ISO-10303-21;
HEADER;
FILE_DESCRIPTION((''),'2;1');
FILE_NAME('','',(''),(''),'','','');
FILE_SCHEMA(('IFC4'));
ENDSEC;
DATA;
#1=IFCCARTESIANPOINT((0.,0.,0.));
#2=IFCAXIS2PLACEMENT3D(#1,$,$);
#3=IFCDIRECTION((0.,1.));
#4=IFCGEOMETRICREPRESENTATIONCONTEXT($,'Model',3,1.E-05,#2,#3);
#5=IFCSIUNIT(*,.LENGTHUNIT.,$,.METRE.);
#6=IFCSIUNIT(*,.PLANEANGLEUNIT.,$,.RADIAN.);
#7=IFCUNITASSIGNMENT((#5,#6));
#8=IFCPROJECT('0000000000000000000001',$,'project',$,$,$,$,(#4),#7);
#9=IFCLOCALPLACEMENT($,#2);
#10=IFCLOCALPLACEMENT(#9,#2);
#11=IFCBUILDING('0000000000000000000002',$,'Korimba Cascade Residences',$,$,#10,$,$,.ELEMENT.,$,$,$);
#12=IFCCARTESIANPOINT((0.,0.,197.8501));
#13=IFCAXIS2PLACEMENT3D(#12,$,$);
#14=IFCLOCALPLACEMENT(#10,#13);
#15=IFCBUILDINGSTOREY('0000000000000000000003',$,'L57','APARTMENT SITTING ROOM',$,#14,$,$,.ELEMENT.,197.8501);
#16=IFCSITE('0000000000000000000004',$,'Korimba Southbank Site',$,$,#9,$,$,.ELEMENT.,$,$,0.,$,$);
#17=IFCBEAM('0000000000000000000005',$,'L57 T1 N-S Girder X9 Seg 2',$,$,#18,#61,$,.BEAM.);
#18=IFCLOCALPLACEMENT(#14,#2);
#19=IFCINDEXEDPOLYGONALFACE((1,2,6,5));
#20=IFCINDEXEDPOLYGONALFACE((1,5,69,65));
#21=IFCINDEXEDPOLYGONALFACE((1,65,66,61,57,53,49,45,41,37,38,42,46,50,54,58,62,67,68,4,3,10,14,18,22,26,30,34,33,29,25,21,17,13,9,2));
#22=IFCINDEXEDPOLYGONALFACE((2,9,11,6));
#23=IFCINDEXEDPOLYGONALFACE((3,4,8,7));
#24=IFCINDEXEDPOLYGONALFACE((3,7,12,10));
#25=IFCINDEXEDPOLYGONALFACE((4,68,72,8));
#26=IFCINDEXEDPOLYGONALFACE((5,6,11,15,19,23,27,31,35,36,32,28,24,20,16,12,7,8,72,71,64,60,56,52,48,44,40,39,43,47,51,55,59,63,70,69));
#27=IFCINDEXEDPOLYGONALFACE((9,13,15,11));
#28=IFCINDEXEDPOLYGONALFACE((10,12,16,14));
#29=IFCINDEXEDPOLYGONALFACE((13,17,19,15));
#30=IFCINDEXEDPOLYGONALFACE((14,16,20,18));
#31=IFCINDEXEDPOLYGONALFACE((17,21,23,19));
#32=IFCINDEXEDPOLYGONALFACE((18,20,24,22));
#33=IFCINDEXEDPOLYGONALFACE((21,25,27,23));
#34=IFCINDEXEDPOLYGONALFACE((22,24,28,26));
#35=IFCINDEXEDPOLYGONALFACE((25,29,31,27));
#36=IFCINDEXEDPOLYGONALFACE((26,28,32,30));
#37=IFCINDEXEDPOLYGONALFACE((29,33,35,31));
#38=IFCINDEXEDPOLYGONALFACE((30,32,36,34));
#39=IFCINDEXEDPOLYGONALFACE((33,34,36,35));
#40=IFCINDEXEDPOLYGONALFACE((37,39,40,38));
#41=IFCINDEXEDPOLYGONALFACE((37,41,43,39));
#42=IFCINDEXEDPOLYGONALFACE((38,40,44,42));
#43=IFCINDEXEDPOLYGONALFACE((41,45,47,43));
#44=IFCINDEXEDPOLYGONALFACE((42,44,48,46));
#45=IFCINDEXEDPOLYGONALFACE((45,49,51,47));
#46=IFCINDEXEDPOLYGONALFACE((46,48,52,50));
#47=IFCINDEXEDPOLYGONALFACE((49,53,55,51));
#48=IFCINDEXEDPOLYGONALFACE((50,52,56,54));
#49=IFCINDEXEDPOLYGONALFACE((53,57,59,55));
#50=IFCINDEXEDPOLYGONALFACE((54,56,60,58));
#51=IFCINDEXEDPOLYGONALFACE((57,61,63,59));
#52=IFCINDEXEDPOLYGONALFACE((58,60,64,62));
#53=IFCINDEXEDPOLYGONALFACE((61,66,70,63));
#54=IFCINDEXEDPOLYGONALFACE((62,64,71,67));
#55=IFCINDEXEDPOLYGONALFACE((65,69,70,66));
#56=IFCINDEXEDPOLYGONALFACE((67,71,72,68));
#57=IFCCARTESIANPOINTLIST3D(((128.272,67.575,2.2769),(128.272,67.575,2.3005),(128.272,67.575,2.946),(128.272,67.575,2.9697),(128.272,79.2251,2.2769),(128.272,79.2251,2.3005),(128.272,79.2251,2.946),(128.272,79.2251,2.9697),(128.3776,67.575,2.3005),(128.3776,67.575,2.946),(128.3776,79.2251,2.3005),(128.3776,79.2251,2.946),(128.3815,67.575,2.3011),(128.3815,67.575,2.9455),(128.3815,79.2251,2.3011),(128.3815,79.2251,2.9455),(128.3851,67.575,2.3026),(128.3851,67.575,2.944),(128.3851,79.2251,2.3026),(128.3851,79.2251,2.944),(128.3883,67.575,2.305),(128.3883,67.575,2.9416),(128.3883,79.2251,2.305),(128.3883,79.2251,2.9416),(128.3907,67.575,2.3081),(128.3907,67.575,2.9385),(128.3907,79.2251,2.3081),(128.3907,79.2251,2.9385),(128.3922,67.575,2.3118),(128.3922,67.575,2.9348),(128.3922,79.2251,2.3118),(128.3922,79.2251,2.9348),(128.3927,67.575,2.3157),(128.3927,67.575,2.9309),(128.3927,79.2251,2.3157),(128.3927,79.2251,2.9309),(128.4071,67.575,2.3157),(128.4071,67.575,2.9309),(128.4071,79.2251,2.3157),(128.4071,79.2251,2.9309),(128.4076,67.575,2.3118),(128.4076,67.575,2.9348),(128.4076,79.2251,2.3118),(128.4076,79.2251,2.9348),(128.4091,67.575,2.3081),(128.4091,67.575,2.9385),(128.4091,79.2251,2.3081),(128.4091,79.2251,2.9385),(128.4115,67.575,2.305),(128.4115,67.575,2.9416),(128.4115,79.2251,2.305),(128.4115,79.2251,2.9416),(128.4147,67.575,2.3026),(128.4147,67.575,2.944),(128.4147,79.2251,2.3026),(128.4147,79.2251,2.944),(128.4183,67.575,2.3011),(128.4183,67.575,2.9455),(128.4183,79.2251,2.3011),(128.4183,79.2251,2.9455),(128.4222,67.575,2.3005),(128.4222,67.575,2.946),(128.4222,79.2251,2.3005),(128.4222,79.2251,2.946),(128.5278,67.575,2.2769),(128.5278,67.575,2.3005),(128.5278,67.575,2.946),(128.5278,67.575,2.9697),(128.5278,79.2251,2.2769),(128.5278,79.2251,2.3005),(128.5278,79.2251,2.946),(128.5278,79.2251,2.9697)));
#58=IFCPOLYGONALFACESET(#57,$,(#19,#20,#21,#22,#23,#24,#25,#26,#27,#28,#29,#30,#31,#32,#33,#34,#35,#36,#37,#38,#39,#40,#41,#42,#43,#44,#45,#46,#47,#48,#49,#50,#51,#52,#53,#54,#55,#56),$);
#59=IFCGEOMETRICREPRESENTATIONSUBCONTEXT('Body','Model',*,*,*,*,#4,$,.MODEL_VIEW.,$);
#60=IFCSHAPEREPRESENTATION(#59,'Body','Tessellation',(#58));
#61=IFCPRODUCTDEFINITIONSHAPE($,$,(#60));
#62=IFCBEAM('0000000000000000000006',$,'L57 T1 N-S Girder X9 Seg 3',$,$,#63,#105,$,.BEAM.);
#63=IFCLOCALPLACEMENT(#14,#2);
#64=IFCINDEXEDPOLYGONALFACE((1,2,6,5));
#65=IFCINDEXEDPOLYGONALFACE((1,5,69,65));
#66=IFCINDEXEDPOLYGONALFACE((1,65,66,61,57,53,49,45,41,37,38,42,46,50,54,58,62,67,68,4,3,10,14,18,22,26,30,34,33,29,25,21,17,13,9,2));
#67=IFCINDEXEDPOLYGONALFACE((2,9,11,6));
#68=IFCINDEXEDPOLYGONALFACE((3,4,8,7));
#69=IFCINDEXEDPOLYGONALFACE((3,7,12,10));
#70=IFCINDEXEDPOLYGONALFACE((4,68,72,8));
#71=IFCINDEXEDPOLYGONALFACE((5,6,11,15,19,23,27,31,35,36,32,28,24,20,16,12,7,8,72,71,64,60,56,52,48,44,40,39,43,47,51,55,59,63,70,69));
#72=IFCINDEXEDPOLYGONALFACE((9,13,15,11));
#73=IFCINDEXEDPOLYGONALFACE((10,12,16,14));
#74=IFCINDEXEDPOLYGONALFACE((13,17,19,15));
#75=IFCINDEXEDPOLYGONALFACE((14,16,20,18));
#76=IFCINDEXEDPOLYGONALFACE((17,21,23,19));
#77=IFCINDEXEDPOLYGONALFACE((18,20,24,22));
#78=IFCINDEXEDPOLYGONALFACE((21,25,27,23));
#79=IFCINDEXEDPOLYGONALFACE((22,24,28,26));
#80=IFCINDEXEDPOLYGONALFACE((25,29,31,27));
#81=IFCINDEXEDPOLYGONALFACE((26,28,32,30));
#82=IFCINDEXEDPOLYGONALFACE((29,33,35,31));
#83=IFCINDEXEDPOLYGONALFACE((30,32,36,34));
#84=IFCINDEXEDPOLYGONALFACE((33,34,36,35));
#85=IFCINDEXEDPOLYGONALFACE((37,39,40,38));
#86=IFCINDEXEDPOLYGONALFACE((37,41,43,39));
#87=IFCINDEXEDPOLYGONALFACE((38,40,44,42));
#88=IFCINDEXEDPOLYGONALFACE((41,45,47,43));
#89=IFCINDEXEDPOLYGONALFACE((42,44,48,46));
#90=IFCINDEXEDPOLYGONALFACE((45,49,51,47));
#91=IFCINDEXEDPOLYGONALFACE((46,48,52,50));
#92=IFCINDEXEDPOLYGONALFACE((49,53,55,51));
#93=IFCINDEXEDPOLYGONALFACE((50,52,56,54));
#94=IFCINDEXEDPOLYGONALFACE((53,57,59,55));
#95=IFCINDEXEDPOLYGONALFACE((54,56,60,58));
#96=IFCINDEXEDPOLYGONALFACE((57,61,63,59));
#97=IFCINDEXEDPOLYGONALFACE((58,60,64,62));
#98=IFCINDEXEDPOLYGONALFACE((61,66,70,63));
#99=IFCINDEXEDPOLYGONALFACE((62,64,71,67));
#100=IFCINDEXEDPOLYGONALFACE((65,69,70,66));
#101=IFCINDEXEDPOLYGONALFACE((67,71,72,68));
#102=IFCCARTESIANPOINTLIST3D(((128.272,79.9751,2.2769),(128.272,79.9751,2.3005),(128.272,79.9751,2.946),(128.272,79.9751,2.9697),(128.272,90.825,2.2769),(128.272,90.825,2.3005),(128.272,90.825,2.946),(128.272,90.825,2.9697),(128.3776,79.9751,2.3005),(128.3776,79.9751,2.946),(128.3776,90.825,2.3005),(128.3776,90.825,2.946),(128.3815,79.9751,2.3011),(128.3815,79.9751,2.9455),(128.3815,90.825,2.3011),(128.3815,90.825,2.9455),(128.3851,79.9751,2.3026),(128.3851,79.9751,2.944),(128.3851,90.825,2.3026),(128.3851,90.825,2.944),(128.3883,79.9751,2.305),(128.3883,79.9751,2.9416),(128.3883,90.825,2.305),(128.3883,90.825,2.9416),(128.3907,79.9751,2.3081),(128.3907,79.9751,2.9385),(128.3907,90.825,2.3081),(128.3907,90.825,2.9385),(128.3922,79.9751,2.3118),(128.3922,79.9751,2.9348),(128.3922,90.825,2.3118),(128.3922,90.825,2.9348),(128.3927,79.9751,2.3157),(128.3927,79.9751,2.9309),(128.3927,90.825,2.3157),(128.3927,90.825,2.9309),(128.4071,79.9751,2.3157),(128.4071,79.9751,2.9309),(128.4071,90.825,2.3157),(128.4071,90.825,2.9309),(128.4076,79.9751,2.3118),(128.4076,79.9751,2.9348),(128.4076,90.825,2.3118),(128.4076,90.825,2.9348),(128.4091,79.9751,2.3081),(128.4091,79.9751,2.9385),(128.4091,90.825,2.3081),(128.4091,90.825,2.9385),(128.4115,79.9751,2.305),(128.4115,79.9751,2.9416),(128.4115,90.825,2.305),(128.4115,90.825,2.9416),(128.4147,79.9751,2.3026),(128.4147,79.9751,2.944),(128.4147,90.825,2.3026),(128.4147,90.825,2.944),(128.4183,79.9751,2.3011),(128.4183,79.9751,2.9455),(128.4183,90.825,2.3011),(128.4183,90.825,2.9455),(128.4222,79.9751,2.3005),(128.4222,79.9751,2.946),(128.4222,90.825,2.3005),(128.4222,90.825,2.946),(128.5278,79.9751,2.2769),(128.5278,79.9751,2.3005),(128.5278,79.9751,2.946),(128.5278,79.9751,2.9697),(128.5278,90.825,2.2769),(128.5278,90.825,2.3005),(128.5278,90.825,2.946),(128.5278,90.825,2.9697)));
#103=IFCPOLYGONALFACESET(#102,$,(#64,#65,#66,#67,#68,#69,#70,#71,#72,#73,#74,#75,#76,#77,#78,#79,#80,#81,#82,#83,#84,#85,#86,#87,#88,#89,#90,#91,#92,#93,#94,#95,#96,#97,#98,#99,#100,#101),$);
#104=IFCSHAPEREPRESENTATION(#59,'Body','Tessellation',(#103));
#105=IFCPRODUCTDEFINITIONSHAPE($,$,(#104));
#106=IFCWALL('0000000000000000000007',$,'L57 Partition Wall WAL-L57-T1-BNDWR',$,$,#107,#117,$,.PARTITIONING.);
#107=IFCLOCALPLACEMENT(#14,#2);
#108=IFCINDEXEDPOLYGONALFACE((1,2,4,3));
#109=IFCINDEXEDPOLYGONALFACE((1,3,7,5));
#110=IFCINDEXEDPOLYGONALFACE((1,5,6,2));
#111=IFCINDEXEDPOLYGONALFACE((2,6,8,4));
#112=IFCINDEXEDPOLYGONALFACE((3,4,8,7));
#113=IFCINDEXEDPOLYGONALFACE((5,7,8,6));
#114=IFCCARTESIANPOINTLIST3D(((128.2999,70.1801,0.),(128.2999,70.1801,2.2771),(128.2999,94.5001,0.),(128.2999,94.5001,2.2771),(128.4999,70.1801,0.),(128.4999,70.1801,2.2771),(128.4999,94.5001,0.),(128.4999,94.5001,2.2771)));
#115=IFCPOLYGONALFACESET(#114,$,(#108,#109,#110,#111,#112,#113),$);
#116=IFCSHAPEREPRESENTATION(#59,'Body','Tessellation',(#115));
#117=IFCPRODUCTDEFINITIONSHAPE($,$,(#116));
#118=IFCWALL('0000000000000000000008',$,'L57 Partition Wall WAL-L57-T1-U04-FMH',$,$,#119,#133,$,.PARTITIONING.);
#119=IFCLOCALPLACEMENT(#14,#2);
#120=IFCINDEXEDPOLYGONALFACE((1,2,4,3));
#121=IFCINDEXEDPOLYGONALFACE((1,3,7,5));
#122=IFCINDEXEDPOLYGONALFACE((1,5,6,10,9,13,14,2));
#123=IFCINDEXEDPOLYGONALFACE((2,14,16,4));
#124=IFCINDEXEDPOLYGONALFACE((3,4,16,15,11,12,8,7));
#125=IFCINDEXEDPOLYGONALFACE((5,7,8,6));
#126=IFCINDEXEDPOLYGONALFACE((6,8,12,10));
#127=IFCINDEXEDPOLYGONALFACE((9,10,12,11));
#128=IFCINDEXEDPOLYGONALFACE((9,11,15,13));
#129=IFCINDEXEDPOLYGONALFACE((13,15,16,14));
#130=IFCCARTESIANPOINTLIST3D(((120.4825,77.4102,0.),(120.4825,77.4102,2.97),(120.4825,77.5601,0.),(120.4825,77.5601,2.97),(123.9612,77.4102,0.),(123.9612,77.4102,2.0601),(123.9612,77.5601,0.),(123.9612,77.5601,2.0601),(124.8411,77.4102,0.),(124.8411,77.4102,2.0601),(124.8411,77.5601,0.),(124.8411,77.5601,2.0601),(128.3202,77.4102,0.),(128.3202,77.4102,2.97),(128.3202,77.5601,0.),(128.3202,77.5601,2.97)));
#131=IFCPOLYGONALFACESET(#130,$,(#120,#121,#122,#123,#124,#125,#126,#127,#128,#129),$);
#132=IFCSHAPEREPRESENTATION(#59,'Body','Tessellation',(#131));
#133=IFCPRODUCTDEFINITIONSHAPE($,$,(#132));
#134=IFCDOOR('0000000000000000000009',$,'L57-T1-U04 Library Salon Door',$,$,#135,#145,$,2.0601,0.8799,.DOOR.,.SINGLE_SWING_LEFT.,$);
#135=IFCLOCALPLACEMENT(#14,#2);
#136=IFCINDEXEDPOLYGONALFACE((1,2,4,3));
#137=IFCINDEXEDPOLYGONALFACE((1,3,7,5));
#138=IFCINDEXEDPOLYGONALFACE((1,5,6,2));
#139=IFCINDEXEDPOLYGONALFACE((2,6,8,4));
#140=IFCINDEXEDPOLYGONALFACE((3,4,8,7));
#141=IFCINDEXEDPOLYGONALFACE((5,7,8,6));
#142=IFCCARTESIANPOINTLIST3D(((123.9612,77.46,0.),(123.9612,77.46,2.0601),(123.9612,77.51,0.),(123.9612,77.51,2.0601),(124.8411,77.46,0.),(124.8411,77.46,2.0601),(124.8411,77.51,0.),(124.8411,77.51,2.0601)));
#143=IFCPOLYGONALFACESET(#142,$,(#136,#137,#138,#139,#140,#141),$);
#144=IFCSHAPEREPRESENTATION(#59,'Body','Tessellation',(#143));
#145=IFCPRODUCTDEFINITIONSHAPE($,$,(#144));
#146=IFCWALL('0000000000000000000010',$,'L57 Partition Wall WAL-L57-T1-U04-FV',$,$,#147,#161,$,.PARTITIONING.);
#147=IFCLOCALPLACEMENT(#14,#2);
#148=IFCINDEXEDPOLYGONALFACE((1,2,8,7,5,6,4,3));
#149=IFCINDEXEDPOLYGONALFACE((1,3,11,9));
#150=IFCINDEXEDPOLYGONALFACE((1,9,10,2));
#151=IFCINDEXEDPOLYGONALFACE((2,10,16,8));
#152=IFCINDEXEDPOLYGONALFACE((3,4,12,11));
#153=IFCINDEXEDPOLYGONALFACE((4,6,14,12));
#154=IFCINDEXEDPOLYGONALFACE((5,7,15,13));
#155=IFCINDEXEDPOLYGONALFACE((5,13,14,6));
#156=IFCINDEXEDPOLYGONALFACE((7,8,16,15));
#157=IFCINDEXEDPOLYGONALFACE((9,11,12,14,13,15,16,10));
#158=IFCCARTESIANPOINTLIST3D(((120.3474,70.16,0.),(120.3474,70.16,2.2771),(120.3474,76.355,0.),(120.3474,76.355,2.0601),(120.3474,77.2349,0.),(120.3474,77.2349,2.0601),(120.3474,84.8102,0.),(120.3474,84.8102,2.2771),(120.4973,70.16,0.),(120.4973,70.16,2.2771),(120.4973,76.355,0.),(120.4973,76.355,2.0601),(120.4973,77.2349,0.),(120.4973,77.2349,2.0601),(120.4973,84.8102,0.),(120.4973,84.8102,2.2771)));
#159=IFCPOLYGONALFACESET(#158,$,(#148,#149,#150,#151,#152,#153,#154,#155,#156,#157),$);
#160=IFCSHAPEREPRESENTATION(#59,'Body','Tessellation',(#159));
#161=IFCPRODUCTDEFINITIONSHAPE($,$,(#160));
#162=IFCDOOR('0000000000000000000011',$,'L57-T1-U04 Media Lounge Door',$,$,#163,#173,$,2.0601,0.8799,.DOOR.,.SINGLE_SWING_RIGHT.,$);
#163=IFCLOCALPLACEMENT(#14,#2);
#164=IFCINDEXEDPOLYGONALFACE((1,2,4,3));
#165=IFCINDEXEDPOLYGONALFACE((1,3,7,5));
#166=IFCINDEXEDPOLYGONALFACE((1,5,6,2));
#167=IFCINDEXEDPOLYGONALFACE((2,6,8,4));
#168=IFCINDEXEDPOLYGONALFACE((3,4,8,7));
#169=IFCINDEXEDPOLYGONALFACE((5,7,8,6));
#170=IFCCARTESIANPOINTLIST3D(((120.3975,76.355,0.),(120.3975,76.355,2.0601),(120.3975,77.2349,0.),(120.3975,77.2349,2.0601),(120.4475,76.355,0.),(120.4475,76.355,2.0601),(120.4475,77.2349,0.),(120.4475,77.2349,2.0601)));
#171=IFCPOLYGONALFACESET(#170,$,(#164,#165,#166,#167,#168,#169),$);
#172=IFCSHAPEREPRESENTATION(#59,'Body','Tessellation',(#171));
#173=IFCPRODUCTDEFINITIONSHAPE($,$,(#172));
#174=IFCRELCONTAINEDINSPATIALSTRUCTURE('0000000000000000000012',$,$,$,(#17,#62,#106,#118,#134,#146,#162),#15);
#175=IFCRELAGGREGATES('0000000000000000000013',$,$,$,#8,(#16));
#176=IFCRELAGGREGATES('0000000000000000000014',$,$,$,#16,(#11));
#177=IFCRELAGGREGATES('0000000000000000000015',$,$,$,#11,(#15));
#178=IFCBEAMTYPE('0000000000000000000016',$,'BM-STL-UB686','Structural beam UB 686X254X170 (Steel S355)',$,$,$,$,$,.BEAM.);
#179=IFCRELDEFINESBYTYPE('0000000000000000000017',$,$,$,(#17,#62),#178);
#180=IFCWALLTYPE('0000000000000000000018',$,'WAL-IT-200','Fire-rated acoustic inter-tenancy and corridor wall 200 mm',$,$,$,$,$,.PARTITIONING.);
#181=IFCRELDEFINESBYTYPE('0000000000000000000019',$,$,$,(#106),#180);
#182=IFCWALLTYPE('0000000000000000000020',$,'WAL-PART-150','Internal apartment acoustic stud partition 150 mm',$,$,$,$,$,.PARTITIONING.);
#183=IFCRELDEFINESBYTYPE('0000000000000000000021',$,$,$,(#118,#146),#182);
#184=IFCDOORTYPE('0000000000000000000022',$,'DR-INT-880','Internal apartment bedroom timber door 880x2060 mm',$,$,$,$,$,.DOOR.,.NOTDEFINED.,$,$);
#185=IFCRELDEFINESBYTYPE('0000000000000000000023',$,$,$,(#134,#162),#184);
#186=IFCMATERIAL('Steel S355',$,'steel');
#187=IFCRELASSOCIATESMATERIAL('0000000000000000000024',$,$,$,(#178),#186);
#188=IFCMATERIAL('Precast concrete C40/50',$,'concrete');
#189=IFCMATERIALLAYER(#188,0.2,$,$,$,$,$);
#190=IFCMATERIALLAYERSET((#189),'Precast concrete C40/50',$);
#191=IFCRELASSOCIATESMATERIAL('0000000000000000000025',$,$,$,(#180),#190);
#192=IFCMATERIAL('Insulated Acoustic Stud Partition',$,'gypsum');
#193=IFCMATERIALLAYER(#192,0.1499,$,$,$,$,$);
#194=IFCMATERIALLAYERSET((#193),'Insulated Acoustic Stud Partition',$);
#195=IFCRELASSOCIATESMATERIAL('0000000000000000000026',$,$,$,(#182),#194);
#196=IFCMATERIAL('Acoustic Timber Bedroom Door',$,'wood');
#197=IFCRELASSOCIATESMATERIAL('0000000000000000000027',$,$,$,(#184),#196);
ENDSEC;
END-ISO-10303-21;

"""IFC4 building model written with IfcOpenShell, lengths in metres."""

from ifc_helpers import new_model, si_unit, direction, frame, frame_2d, origin, origin_2d, place, context, subcontext, project, spatial, rectangle, i_section, extrude, material, layer, layer_set, material_profile, profile_set, type_object, element, fill, save


model = new_model("IFC4")

# Units and contexts
model_context = context("Model", 3, precision=1e-05, world=origin(), true_north=direction((0.0, 1.0)))
body_context = subcontext(model_context, "Body", "Model", "MODEL_VIEW")
ifc_project = project(units=[si_unit("LENGTHUNIT", "METRE"), si_unit("PLANEANGLEUNIT", "RADIAN")], contexts=[model_context])

# Site, building, storey
site_placement = place(None, origin())
site = spatial("IfcSite", under=ifc_project, at=site_placement, Name="Korimba Southbank Site", CompositionType="ELEMENT", RefElevation=0.0)
building_placement = place(site_placement, origin())
building = spatial("IfcBuilding", under=site, at=building_placement, Name="Korimba Cascade Residences", CompositionType="ELEMENT")
storey_placement = place(building_placement, frame((0.0, 0.0, 197.8501)))
storey = spatial("IfcBuildingStorey", under=building, at=storey_placement, Name="L57", Description="APARTMENT SITTING ROOM", CompositionType="ELEMENT", Elevation=197.8501)

# Beams
ifc_material_1 = material(Name="Steel S355", Category="steel")
ifc_material_profile_1 = material_profile(ifc_material_1, i_section(OverallWidth=0.2559, OverallDepth=0.6929, WebThickness=0.0144, FlangeThickness=0.0237, FilletRadius=0.0151, at=origin_2d()), Name="Steel S355")
ifc_profile_set_1 = profile_set([ifc_material_profile_1], Name="Steel S355")
beam_type_1 = type_object("IfcBeamType", Name="BM-STL-UB686", Description="Structural beam UB 686X254X170 (Steel S355)", PredefinedType="BEAM", material=ifc_profile_set_1)
beam_1_placement = place(storey_placement, frame((128.3999, 67.575, 2.6233), z_axis=(0.0, 1.0, 0.0), x_axis=(-1.0, 0.0, 0.0)))
element("IfcBeam", 1, at=beam_1_placement, inside=storey, type_object=beam_type_1, Name="L57 T1 N-S Girder X9 Seg 2", PredefinedType="BEAM", context=body_context, shape_type="SweptSolid", body=[
    extrude(i_section(OverallWidth=0.2559, OverallDepth=0.6929, WebThickness=0.0144, FlangeThickness=0.0237, FilletRadius=0.0151, at=origin_2d()), origin(), (0.0, 0.0, 1.0), 11.6501),
])
beam_2_placement = place(storey_placement, frame((128.3999, 79.9751, 2.6233), z_axis=(0.0, 1.0, 0.0), x_axis=(-1.0, 0.0, 0.0)))
element("IfcBeam", 2, at=beam_2_placement, inside=storey, type_object=beam_type_1, Name="L57 T1 N-S Girder X9 Seg 3", PredefinedType="BEAM", context=body_context, shape_type="SweptSolid", body=[
    extrude(i_section(OverallWidth=0.2559, OverallDepth=0.6929, WebThickness=0.0144, FlangeThickness=0.0237, FilletRadius=0.0151, at=origin_2d()), origin(), (0.0, 0.0, 1.0), 10.8499),
])

# Wall
ifc_material_2 = material(Name="Precast concrete C40/50", Category="concrete")
ifc_layer_1 = layer(ifc_material_2, 0.2)
ifc_layer_set_1 = layer_set([ifc_layer_1], Name="Precast concrete C40/50")
wall_type_1 = type_object("IfcWallType", Name="WAL-IT-200", Description="Fire-rated acoustic inter-tenancy and corridor wall 200 mm", PredefinedType="PARTITIONING", material=ifc_layer_set_1)
wall_1_placement = place(storey_placement, frame((128.3999, 70.1799, 0.0), z_axis=(0.0, 0.0, 1.0), x_axis=(0.0, 1.0, 0.0)))
element("IfcWall", 3, at=wall_1_placement, inside=storey, type_object=wall_type_1, Name="L57 Partition Wall WAL-L57-T1-BNDWR", PredefinedType="PARTITIONING", context=body_context, shape_type="SweptSolid", body=[
    extrude(rectangle(XDim=24.3201, YDim=0.2, at=frame_2d((12.1602, 0.0))), origin(), (0.0, 0.0, 1.0), 2.2771),
])

# Walls, openings, doors
ifc_material_3 = material(Name="Insulated Acoustic Stud Partition", Category="gypsum")
ifc_layer_2 = layer(ifc_material_3, 0.1499)
ifc_layer_set_2 = layer_set([ifc_layer_2], Name="Insulated Acoustic Stud Partition")
wall_type_2 = type_object("IfcWallType", Name="WAL-PART-150", Description="Internal apartment acoustic stud partition 150 mm", PredefinedType="PARTITIONING", material=ifc_layer_set_2)
wall_2_placement = place(storey_placement, frame((120.4824, 77.4851, 0.0), z_axis=(0.0, 0.0, 1.0), x_axis=(1.0, 0.0, 0.0)))
wall_2 = element("IfcWall", 4, at=wall_2_placement, inside=storey, type_object=wall_type_2, Name="L57 Partition Wall WAL-L57-T1-U04-FMH", PredefinedType="PARTITIONING", context=body_context, shape_type="SweptSolid", body=[
    extrude(rectangle(XDim=7.8376, YDim=0.1499, at=frame_2d((3.9189, 0.0))), origin(), (0.0, 0.0, 1.0), 2.97),
])
opening_1_placement = place(wall_2_placement, frame((3.4788, 0.0, 0.0)))
opening_1 = element("IfcOpeningElement", 5, at=opening_1_placement, cuts=wall_2, PredefinedType="OPENING", context=body_context, shape_type="SweptSolid", body=[
    extrude(rectangle(XDim=0.8799, YDim=2.0601, at=frame_2d((0.4399, 1.03))), frame((0.0, 0.085, 0.0), z_axis=(0.0, -1.0, 0.0), x_axis=(1.0, 0.0, 0.0)), (0.0, 0.0, 1.0), 0.1699),
])
ifc_material_4 = material(Name="Acoustic Timber Bedroom Door", Category="wood")
door_type_1 = type_object("IfcDoorType", Name="DR-INT-880", Description="Internal apartment bedroom timber door 880x2060 mm", OperationType="NOTDEFINED", PredefinedType="DOOR", material=ifc_material_4)
door_1_placement = place(opening_1_placement, origin())
door_1 = element("IfcDoor", 6, at=door_1_placement, inside=storey, type_object=door_type_1, Name="L57-T1-U04 Library Salon Door", OperationType="SINGLE_SWING_LEFT", OverallHeight=2.0601, OverallWidth=0.8799, PredefinedType="DOOR", context=body_context, shape_type="SweptSolid", body=[
    extrude(rectangle(XDim=0.8799, YDim=2.0601, at=frame_2d((0.4399, 1.03))), frame((0.0, 0.0249, 0.0), z_axis=(0.0, -1.0, 0.0), x_axis=(1.0, 0.0, 0.0)), (0.0, 0.0, 1.0), 0.05),
])
fill(opening_1, door_1)
wall_3_placement = place(storey_placement, frame((120.4224, 70.1599, 0.0), z_axis=(0.0, 0.0, 1.0), x_axis=(0.0, 1.0, 0.0)))
wall_3 = element("IfcWall", 7, at=wall_3_placement, inside=storey, type_object=wall_type_2, Name="L57 Partition Wall WAL-L57-T1-U04-FV", PredefinedType="PARTITIONING", context=body_context, shape_type="SweptSolid", body=[
    extrude(rectangle(XDim=14.6501, YDim=0.1499, at=frame_2d((7.3252, 0.0))), origin(), (0.0, 0.0, 1.0), 2.2771),
])
opening_2_placement = place(wall_3_placement, frame((6.1951, 0.0, 0.0)))
opening_2 = element("IfcOpeningElement", 8, at=opening_2_placement, cuts=wall_3, PredefinedType="OPENING", context=body_context, shape_type="SweptSolid", body=[
    extrude(rectangle(XDim=0.8799, YDim=2.0601, at=frame_2d((0.4399, 1.03))), frame((0.0, 0.085, 0.0), z_axis=(0.0, -1.0, 0.0), x_axis=(1.0, 0.0, 0.0)), (0.0, 0.0, 1.0), 0.1699),
])
door_2_placement = place(opening_2_placement, origin())
door_2 = element("IfcDoor", 9, at=door_2_placement, inside=storey, type_object=door_type_1, Name="L57-T1-U04 Media Lounge Door", OperationType="SINGLE_SWING_RIGHT", OverallHeight=2.0601, OverallWidth=0.8799, PredefinedType="DOOR", context=body_context, shape_type="SweptSolid", body=[
    extrude(rectangle(XDim=0.8799, YDim=2.0601, at=frame_2d((0.4399, 1.03))), frame((0.0, 0.0249, 0.0), z_axis=(0.0, -1.0, 0.0), x_axis=(1.0, 0.0, 0.0)), (0.0, 0.0, 1.0), 0.05),
])
fill(opening_2, door_2)

save(model, "model.ifc")
